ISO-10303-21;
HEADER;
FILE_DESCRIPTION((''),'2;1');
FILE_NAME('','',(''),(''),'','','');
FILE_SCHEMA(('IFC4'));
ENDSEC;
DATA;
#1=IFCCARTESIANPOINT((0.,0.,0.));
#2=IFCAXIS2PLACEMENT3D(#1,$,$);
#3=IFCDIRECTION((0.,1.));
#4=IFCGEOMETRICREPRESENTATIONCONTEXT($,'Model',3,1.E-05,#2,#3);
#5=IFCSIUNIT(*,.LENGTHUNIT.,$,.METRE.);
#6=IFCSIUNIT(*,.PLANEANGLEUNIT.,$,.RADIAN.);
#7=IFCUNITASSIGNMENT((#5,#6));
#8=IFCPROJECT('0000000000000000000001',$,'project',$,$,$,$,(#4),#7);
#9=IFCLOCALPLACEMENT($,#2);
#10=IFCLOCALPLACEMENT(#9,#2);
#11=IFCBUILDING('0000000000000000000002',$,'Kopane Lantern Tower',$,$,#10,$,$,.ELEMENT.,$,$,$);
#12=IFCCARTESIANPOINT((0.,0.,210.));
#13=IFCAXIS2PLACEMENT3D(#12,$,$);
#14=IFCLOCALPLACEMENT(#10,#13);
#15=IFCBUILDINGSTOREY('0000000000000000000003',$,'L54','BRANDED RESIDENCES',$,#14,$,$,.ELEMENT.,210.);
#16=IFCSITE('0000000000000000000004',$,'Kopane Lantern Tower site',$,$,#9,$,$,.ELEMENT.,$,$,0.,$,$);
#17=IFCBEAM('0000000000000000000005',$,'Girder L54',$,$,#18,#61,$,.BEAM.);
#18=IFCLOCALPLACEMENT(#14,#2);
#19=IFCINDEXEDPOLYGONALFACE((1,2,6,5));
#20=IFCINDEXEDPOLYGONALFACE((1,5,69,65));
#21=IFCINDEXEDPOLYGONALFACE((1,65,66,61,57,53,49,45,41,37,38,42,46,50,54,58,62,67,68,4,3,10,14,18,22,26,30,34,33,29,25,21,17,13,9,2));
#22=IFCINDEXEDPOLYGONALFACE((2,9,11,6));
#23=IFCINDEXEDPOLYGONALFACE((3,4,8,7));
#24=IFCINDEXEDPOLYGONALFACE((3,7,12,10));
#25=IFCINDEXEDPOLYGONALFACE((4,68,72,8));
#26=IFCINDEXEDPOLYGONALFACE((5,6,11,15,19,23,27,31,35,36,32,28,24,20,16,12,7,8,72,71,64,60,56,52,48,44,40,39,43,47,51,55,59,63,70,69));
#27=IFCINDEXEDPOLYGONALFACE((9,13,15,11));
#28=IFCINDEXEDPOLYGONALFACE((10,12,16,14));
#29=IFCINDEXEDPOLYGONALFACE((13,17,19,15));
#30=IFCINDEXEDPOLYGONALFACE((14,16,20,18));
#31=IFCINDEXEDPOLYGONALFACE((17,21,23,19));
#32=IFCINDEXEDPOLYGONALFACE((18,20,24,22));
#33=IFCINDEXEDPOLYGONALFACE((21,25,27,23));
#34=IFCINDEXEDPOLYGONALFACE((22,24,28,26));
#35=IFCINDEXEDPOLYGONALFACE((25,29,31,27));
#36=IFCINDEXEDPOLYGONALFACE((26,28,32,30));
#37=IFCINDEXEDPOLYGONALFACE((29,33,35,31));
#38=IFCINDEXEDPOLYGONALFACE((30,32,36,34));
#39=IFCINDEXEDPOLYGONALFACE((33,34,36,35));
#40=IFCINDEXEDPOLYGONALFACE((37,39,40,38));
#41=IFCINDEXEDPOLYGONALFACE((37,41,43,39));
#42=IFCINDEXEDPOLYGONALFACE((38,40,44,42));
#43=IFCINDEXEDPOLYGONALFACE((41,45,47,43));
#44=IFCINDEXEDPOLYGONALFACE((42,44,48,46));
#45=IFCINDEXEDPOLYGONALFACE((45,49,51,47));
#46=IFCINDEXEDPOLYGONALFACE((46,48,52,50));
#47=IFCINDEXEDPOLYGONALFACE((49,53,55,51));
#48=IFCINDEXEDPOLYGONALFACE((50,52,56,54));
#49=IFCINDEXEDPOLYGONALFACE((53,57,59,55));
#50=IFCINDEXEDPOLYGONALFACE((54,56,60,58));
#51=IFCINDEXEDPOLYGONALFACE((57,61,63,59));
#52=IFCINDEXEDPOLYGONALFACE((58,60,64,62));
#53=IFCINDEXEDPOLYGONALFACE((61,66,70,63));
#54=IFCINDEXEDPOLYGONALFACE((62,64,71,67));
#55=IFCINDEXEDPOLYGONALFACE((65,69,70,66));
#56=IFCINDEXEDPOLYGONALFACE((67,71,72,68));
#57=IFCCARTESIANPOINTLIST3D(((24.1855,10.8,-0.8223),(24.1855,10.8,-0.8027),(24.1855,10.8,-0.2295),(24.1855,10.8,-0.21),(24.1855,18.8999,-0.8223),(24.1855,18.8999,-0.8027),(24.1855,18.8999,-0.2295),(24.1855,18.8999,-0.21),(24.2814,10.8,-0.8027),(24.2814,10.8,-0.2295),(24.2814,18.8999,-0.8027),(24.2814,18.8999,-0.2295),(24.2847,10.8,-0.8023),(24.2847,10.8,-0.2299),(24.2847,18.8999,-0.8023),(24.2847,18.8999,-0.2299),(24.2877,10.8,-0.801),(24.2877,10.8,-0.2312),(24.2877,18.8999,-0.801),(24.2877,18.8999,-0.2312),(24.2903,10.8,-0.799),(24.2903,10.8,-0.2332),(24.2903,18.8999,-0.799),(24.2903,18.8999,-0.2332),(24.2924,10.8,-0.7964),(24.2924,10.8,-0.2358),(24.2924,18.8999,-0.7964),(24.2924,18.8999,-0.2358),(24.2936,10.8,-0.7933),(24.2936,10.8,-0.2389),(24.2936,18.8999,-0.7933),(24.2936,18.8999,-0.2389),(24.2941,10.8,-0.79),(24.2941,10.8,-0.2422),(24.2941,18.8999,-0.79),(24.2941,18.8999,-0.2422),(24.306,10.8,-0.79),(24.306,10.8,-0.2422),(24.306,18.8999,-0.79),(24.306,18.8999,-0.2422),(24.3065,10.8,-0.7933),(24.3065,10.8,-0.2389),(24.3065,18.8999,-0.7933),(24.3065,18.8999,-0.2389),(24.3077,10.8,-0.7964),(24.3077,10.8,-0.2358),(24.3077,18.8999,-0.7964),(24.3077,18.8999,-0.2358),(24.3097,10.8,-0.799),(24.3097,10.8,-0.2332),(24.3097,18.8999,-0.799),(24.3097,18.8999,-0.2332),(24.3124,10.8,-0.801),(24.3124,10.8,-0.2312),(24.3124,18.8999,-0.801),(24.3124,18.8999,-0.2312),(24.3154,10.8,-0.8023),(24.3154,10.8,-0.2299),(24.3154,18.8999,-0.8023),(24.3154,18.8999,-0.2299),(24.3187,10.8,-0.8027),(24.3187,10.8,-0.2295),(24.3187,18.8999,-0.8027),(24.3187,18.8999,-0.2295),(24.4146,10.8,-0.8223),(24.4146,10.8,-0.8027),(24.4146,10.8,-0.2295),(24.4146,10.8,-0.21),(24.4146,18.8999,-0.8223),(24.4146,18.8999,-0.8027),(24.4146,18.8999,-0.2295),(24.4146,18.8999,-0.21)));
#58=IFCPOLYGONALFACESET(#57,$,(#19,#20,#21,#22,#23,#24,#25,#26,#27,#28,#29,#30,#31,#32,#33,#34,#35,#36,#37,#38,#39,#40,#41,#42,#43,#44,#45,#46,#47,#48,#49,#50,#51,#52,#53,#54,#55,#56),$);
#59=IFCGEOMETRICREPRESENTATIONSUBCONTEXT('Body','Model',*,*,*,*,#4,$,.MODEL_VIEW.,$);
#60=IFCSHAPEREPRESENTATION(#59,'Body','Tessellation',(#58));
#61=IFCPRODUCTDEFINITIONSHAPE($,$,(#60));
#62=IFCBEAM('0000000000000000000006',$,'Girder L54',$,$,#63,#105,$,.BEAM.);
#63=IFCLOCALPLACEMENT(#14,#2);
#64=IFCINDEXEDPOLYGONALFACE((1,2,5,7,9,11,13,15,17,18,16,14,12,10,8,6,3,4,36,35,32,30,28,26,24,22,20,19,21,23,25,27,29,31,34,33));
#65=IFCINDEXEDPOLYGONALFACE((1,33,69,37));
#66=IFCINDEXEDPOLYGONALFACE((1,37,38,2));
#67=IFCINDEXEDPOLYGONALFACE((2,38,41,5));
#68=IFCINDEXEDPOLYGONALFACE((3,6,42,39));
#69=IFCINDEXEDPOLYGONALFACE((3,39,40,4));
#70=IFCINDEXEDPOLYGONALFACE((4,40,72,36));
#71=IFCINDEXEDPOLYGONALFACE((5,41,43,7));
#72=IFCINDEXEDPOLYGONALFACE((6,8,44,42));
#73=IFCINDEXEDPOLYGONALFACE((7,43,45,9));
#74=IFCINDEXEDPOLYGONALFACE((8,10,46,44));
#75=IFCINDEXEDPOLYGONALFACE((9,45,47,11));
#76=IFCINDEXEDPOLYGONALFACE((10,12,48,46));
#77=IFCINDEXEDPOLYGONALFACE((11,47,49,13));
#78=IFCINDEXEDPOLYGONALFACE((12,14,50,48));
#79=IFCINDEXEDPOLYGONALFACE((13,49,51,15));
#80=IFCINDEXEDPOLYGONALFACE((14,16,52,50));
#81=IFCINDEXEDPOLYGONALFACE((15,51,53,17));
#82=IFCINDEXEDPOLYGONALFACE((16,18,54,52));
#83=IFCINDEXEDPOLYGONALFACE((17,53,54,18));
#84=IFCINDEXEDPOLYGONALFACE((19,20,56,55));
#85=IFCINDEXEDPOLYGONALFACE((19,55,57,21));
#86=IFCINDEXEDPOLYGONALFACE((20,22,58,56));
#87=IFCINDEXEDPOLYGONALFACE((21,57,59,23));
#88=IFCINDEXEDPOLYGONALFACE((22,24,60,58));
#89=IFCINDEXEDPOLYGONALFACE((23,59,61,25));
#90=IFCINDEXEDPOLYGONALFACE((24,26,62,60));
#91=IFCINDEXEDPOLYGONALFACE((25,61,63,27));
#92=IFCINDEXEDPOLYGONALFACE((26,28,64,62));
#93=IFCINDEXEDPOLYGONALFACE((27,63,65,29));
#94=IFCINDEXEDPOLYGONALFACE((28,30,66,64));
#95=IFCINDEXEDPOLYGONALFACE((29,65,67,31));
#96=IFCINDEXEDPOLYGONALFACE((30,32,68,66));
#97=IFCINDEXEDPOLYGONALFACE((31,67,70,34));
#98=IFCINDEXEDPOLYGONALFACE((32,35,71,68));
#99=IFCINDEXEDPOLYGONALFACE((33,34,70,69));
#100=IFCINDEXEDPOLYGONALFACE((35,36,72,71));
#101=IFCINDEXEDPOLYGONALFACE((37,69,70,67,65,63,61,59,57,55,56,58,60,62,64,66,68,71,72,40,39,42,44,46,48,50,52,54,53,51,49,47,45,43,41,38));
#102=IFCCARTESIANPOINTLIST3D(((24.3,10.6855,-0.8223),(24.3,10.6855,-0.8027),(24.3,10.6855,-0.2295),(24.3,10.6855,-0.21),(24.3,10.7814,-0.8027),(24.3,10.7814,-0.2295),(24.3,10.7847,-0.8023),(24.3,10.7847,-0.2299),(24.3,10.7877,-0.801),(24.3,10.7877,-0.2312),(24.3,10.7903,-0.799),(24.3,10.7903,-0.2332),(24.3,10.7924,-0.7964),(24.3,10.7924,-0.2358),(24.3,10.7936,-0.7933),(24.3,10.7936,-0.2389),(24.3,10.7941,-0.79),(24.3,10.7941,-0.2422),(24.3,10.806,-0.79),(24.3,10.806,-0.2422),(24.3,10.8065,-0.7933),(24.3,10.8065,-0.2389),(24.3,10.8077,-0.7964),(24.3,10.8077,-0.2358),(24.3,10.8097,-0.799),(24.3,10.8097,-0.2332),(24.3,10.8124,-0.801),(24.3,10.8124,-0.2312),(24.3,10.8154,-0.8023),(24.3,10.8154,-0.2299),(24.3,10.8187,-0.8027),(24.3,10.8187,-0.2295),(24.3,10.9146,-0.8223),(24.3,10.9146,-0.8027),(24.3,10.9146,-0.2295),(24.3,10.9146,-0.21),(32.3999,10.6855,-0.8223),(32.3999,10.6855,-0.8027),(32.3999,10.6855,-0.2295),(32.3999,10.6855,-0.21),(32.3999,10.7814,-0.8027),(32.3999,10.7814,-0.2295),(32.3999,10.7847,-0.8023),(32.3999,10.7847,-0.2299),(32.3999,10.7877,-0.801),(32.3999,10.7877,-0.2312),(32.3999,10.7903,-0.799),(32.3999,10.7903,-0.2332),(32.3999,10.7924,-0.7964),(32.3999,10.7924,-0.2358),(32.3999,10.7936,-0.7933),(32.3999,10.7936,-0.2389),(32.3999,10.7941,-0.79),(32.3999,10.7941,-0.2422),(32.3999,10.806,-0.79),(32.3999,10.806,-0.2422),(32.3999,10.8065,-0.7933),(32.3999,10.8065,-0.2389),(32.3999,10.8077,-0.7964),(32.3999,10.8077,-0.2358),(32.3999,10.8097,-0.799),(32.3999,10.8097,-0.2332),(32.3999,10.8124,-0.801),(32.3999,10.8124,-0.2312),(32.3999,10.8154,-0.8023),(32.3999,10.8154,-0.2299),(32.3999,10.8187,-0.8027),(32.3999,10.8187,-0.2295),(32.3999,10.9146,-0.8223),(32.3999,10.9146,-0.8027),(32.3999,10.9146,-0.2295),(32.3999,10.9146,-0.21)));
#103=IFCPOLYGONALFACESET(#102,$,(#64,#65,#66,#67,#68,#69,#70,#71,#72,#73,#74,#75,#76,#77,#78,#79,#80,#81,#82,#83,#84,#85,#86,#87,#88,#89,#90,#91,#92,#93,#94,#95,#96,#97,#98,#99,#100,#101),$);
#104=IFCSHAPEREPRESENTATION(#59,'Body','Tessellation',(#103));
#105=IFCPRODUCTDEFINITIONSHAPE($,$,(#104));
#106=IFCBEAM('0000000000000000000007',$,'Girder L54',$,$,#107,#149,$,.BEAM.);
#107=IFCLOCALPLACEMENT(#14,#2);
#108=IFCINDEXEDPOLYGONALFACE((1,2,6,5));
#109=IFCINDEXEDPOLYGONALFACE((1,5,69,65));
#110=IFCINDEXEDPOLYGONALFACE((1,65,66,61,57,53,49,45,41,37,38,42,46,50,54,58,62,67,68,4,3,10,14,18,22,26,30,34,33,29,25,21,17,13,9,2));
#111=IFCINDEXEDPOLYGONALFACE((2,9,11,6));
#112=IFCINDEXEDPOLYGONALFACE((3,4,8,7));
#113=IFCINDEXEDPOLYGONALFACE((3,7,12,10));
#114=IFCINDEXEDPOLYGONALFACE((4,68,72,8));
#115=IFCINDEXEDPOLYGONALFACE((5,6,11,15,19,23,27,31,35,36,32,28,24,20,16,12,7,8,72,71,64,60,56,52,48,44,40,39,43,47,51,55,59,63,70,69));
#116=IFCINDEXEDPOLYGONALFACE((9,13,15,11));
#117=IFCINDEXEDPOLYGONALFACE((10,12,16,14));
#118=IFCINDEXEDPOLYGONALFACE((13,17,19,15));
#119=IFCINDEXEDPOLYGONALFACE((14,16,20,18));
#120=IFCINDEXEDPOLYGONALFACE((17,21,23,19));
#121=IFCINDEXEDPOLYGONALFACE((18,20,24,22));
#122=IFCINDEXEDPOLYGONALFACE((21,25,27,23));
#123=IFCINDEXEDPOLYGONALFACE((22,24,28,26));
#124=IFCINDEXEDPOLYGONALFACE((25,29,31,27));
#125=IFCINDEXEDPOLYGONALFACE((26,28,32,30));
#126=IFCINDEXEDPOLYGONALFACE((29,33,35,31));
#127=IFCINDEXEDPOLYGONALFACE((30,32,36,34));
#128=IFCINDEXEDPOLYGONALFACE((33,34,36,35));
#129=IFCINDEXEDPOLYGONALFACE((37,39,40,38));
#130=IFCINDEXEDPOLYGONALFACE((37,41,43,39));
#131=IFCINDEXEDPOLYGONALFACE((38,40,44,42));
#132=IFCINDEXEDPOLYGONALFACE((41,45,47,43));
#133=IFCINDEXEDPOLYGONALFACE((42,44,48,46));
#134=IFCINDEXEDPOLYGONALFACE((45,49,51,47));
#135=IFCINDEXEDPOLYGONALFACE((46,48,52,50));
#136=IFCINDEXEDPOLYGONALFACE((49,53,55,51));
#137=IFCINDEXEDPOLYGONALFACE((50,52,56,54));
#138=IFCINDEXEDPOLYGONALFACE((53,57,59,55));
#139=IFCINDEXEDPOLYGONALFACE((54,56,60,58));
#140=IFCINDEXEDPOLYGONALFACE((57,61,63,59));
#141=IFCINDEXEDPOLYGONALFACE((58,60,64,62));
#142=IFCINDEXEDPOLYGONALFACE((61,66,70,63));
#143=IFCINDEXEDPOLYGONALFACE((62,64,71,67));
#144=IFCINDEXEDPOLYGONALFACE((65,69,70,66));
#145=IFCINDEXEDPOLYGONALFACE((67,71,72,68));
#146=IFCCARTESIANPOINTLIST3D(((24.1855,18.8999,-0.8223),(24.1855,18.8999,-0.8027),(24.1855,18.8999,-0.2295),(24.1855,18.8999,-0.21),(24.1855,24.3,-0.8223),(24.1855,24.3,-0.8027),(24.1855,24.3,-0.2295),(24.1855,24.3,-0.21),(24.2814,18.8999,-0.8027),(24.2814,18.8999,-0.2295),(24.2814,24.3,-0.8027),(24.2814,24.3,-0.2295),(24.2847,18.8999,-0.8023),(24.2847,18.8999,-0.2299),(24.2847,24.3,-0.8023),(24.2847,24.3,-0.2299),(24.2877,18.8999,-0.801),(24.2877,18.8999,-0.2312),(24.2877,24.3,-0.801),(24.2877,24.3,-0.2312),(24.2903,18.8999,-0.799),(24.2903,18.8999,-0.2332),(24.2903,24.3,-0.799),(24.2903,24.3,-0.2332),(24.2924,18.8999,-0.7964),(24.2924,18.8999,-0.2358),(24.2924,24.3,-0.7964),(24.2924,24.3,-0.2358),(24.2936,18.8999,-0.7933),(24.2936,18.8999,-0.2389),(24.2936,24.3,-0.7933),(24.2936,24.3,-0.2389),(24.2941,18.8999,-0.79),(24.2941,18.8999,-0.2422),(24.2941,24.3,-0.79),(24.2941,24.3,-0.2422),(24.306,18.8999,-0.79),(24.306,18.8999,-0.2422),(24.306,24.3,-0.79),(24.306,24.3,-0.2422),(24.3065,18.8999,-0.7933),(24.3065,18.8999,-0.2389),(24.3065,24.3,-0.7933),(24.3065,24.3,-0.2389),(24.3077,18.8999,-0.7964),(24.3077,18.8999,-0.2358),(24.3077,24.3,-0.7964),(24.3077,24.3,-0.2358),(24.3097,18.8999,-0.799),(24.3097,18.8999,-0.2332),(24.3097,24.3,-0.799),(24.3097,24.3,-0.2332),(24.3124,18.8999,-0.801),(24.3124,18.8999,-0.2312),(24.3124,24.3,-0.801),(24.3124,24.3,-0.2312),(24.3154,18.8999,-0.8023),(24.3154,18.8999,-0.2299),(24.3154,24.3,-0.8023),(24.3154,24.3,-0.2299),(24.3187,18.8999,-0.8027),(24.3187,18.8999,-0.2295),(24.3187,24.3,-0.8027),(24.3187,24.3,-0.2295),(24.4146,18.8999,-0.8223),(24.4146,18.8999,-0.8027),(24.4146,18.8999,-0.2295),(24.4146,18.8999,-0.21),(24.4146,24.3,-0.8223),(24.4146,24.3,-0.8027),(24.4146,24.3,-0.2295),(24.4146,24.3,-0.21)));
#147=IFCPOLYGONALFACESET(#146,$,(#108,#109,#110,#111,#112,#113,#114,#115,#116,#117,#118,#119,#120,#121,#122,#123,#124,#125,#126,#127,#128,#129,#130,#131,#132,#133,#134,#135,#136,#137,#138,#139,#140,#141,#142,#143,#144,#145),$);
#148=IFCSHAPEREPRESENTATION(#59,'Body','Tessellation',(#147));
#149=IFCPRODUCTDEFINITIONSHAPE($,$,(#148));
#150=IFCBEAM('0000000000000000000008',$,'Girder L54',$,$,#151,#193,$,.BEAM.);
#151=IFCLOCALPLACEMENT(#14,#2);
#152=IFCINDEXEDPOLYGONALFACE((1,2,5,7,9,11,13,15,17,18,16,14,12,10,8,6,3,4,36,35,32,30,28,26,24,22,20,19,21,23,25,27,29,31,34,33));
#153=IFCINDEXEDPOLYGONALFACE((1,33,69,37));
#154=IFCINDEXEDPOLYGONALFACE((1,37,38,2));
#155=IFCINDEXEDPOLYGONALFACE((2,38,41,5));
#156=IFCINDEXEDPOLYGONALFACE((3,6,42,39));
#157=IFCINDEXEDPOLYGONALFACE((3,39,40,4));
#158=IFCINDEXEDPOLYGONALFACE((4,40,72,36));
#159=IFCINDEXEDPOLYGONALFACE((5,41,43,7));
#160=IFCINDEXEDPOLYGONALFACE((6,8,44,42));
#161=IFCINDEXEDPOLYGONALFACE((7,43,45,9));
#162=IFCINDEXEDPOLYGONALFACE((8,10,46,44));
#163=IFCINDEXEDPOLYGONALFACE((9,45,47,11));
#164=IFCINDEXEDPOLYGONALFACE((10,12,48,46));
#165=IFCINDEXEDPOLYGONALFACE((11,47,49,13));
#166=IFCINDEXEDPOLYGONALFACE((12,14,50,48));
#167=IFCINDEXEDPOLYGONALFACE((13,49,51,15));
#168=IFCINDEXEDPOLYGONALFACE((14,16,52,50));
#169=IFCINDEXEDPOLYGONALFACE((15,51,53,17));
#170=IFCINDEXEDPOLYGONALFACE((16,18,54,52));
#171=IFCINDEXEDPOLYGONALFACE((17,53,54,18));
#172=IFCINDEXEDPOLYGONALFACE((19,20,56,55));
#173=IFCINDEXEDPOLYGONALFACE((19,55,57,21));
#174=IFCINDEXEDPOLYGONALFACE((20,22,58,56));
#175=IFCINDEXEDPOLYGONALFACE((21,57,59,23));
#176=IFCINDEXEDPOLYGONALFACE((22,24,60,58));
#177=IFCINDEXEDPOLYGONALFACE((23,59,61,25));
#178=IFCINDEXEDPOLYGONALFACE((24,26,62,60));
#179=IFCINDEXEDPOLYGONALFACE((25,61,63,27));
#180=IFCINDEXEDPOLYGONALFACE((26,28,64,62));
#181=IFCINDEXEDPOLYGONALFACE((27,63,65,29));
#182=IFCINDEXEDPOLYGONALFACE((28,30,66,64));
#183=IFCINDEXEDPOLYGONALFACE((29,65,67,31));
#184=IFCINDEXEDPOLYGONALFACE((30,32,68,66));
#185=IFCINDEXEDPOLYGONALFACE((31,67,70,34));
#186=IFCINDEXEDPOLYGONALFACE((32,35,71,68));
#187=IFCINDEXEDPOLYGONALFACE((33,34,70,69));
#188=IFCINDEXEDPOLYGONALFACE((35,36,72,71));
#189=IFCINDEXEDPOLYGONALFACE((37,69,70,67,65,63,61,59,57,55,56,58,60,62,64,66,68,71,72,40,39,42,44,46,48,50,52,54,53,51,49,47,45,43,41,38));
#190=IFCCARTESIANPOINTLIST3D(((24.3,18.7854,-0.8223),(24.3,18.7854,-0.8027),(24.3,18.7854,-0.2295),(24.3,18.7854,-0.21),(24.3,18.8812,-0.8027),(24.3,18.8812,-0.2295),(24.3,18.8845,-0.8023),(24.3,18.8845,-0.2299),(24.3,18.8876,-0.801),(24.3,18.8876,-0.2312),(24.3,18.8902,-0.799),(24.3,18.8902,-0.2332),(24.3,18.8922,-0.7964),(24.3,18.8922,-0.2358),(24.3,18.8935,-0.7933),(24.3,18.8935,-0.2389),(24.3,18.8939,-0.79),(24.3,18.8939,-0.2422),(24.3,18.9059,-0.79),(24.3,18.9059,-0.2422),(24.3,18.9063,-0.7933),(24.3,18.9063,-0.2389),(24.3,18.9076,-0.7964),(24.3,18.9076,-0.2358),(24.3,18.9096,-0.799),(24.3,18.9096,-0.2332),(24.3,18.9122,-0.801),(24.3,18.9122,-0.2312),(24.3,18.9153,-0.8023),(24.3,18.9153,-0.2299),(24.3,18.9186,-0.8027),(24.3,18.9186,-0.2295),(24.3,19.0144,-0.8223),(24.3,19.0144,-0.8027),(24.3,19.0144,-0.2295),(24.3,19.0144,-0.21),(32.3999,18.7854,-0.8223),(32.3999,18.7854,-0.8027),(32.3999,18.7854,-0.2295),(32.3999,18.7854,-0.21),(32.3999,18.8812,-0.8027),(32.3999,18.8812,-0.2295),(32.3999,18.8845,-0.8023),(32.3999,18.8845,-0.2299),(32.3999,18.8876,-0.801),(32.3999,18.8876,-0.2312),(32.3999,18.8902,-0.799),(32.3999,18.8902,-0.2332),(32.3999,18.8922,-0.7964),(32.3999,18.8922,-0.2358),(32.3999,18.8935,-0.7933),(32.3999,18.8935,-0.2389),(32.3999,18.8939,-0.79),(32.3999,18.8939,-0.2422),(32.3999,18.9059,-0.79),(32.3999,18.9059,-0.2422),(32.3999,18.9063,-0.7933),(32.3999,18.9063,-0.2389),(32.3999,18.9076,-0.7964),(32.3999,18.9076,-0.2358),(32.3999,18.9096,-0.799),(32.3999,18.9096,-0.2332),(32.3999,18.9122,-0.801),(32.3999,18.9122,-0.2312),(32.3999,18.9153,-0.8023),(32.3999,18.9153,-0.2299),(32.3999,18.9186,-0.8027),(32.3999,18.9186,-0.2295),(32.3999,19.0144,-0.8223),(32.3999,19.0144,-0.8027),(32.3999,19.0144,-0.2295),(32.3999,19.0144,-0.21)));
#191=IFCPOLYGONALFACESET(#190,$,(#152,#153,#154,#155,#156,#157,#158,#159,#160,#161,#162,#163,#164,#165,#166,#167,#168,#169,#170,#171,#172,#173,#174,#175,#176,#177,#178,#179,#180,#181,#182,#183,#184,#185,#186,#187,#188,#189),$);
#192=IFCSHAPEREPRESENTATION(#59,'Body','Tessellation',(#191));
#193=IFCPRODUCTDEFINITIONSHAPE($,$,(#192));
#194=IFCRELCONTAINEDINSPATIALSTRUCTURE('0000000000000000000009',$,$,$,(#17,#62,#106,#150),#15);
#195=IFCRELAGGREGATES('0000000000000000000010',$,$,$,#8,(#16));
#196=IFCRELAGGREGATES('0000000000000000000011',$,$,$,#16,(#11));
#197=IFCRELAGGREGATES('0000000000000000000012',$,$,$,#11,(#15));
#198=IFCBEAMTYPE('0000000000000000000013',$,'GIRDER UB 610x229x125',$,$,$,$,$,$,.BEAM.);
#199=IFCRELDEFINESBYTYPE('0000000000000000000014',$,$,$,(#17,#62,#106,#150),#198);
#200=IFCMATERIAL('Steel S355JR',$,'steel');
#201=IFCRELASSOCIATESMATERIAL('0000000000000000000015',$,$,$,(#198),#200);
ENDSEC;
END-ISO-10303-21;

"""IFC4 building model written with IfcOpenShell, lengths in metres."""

from ifc_helpers import new_model, si_unit, direction, frame, origin, origin_2d, place, context, subcontext, project, spatial, i_section, extrude, material, material_profile, profile_set, type_object, element, save


model = new_model("IFC4")

# Units and contexts
model_context = context("Model", 3, precision=1e-05, world=origin(), true_north=direction((0.0, 1.0)))
body_context = subcontext(model_context, "Body", "Model", "MODEL_VIEW")
ifc_project = project(units=[si_unit("LENGTHUNIT", "METRE"), si_unit("PLANEANGLEUNIT", "RADIAN")], contexts=[model_context])

# Site, building, storey
site_placement = place(None, origin())
site = spatial("IfcSite", under=ifc_project, at=site_placement, Name="Kopane Lantern Tower site", CompositionType="ELEMENT", RefElevation=0.0)
building_placement = place(site_placement, origin())
building = spatial("IfcBuilding", under=site, at=building_placement, Name="Kopane Lantern Tower", CompositionType="ELEMENT")
storey_placement = place(building_placement, frame((0.0, 0.0, 210.0)))
storey = spatial("IfcBuildingStorey", under=building, at=storey_placement, Name="L54", Description="BRANDED RESIDENCES", CompositionType="ELEMENT", Elevation=210.0)

# Beams
ifc_material_1 = material(Name="Steel S355JR", Category="steel")
ifc_material_profile_1 = material_profile(ifc_material_1, i_section(OverallWidth=0.229, OverallDepth=0.6123, WebThickness=0.012, FlangeThickness=0.0195, FilletRadius=0.0127, at=origin_2d()), Name="UB 610x229x125")
ifc_profile_set_1 = profile_set([ifc_material_profile_1], Name="Steel S355JR")
beam_type = type_object("IfcBeamType", Name="GIRDER UB 610x229x125", PredefinedType="BEAM", material=ifc_profile_set_1)
for number, where, z_axis, x_axis, name in (
    (1, (24.3, 10.8, -0.5161), (0.0, 1.0, 0.0), (-1.0, 0.0, 0.0), "Girder L54"),
    (2, (24.3, 10.8, -0.5161), (1.0, 0.0, 0.0), (0.0, 1.0, 0.0), "Girder L54"),
):
    element("IfcBeam", number, at=place(storey_placement, frame(where, z_axis=z_axis, x_axis=x_axis)), inside=storey, type_object=beam_type, Name=name, PredefinedType="BEAM", context=body_context, shape_type="SweptSolid", body=[
        extrude(i_section(OverallWidth=0.229, OverallDepth=0.6123, WebThickness=0.012, FlangeThickness=0.0195, FilletRadius=0.0127, at=origin_2d()), origin(), (0.0, 0.0, 1.0), 8.0999),
    ])
beam_1_placement = place(storey_placement, frame((24.3, 18.8999, -0.5161), z_axis=(0.0, 1.0, 0.0), x_axis=(-1.0, 0.0, 0.0)))
element("IfcBeam", 3, at=beam_1_placement, inside=storey, type_object=beam_type, Name="Girder L54", PredefinedType="BEAM", context=body_context, shape_type="SweptSolid", body=[
    extrude(i_section(OverallWidth=0.229, OverallDepth=0.6123, WebThickness=0.012, FlangeThickness=0.0195, FilletRadius=0.0127, at=origin_2d()), origin(), (0.0, 0.0, 1.0), 5.4001),
])
beam_2_placement = place(storey_placement, frame((24.3, 18.8999, -0.5161), z_axis=(1.0, 0.0, 0.0), x_axis=(0.0, 1.0, 0.0)))
element("IfcBeam", 4, at=beam_2_placement, inside=storey, type_object=beam_type, Name="Girder L54", PredefinedType="BEAM", context=body_context, shape_type="SweptSolid", body=[
    extrude(i_section(OverallWidth=0.229, OverallDepth=0.6123, WebThickness=0.012, FlangeThickness=0.0195, FilletRadius=0.0127, at=origin_2d()), origin(), (0.0, 0.0, 1.0), 8.0999),
])

save(model, "model.ifc")
